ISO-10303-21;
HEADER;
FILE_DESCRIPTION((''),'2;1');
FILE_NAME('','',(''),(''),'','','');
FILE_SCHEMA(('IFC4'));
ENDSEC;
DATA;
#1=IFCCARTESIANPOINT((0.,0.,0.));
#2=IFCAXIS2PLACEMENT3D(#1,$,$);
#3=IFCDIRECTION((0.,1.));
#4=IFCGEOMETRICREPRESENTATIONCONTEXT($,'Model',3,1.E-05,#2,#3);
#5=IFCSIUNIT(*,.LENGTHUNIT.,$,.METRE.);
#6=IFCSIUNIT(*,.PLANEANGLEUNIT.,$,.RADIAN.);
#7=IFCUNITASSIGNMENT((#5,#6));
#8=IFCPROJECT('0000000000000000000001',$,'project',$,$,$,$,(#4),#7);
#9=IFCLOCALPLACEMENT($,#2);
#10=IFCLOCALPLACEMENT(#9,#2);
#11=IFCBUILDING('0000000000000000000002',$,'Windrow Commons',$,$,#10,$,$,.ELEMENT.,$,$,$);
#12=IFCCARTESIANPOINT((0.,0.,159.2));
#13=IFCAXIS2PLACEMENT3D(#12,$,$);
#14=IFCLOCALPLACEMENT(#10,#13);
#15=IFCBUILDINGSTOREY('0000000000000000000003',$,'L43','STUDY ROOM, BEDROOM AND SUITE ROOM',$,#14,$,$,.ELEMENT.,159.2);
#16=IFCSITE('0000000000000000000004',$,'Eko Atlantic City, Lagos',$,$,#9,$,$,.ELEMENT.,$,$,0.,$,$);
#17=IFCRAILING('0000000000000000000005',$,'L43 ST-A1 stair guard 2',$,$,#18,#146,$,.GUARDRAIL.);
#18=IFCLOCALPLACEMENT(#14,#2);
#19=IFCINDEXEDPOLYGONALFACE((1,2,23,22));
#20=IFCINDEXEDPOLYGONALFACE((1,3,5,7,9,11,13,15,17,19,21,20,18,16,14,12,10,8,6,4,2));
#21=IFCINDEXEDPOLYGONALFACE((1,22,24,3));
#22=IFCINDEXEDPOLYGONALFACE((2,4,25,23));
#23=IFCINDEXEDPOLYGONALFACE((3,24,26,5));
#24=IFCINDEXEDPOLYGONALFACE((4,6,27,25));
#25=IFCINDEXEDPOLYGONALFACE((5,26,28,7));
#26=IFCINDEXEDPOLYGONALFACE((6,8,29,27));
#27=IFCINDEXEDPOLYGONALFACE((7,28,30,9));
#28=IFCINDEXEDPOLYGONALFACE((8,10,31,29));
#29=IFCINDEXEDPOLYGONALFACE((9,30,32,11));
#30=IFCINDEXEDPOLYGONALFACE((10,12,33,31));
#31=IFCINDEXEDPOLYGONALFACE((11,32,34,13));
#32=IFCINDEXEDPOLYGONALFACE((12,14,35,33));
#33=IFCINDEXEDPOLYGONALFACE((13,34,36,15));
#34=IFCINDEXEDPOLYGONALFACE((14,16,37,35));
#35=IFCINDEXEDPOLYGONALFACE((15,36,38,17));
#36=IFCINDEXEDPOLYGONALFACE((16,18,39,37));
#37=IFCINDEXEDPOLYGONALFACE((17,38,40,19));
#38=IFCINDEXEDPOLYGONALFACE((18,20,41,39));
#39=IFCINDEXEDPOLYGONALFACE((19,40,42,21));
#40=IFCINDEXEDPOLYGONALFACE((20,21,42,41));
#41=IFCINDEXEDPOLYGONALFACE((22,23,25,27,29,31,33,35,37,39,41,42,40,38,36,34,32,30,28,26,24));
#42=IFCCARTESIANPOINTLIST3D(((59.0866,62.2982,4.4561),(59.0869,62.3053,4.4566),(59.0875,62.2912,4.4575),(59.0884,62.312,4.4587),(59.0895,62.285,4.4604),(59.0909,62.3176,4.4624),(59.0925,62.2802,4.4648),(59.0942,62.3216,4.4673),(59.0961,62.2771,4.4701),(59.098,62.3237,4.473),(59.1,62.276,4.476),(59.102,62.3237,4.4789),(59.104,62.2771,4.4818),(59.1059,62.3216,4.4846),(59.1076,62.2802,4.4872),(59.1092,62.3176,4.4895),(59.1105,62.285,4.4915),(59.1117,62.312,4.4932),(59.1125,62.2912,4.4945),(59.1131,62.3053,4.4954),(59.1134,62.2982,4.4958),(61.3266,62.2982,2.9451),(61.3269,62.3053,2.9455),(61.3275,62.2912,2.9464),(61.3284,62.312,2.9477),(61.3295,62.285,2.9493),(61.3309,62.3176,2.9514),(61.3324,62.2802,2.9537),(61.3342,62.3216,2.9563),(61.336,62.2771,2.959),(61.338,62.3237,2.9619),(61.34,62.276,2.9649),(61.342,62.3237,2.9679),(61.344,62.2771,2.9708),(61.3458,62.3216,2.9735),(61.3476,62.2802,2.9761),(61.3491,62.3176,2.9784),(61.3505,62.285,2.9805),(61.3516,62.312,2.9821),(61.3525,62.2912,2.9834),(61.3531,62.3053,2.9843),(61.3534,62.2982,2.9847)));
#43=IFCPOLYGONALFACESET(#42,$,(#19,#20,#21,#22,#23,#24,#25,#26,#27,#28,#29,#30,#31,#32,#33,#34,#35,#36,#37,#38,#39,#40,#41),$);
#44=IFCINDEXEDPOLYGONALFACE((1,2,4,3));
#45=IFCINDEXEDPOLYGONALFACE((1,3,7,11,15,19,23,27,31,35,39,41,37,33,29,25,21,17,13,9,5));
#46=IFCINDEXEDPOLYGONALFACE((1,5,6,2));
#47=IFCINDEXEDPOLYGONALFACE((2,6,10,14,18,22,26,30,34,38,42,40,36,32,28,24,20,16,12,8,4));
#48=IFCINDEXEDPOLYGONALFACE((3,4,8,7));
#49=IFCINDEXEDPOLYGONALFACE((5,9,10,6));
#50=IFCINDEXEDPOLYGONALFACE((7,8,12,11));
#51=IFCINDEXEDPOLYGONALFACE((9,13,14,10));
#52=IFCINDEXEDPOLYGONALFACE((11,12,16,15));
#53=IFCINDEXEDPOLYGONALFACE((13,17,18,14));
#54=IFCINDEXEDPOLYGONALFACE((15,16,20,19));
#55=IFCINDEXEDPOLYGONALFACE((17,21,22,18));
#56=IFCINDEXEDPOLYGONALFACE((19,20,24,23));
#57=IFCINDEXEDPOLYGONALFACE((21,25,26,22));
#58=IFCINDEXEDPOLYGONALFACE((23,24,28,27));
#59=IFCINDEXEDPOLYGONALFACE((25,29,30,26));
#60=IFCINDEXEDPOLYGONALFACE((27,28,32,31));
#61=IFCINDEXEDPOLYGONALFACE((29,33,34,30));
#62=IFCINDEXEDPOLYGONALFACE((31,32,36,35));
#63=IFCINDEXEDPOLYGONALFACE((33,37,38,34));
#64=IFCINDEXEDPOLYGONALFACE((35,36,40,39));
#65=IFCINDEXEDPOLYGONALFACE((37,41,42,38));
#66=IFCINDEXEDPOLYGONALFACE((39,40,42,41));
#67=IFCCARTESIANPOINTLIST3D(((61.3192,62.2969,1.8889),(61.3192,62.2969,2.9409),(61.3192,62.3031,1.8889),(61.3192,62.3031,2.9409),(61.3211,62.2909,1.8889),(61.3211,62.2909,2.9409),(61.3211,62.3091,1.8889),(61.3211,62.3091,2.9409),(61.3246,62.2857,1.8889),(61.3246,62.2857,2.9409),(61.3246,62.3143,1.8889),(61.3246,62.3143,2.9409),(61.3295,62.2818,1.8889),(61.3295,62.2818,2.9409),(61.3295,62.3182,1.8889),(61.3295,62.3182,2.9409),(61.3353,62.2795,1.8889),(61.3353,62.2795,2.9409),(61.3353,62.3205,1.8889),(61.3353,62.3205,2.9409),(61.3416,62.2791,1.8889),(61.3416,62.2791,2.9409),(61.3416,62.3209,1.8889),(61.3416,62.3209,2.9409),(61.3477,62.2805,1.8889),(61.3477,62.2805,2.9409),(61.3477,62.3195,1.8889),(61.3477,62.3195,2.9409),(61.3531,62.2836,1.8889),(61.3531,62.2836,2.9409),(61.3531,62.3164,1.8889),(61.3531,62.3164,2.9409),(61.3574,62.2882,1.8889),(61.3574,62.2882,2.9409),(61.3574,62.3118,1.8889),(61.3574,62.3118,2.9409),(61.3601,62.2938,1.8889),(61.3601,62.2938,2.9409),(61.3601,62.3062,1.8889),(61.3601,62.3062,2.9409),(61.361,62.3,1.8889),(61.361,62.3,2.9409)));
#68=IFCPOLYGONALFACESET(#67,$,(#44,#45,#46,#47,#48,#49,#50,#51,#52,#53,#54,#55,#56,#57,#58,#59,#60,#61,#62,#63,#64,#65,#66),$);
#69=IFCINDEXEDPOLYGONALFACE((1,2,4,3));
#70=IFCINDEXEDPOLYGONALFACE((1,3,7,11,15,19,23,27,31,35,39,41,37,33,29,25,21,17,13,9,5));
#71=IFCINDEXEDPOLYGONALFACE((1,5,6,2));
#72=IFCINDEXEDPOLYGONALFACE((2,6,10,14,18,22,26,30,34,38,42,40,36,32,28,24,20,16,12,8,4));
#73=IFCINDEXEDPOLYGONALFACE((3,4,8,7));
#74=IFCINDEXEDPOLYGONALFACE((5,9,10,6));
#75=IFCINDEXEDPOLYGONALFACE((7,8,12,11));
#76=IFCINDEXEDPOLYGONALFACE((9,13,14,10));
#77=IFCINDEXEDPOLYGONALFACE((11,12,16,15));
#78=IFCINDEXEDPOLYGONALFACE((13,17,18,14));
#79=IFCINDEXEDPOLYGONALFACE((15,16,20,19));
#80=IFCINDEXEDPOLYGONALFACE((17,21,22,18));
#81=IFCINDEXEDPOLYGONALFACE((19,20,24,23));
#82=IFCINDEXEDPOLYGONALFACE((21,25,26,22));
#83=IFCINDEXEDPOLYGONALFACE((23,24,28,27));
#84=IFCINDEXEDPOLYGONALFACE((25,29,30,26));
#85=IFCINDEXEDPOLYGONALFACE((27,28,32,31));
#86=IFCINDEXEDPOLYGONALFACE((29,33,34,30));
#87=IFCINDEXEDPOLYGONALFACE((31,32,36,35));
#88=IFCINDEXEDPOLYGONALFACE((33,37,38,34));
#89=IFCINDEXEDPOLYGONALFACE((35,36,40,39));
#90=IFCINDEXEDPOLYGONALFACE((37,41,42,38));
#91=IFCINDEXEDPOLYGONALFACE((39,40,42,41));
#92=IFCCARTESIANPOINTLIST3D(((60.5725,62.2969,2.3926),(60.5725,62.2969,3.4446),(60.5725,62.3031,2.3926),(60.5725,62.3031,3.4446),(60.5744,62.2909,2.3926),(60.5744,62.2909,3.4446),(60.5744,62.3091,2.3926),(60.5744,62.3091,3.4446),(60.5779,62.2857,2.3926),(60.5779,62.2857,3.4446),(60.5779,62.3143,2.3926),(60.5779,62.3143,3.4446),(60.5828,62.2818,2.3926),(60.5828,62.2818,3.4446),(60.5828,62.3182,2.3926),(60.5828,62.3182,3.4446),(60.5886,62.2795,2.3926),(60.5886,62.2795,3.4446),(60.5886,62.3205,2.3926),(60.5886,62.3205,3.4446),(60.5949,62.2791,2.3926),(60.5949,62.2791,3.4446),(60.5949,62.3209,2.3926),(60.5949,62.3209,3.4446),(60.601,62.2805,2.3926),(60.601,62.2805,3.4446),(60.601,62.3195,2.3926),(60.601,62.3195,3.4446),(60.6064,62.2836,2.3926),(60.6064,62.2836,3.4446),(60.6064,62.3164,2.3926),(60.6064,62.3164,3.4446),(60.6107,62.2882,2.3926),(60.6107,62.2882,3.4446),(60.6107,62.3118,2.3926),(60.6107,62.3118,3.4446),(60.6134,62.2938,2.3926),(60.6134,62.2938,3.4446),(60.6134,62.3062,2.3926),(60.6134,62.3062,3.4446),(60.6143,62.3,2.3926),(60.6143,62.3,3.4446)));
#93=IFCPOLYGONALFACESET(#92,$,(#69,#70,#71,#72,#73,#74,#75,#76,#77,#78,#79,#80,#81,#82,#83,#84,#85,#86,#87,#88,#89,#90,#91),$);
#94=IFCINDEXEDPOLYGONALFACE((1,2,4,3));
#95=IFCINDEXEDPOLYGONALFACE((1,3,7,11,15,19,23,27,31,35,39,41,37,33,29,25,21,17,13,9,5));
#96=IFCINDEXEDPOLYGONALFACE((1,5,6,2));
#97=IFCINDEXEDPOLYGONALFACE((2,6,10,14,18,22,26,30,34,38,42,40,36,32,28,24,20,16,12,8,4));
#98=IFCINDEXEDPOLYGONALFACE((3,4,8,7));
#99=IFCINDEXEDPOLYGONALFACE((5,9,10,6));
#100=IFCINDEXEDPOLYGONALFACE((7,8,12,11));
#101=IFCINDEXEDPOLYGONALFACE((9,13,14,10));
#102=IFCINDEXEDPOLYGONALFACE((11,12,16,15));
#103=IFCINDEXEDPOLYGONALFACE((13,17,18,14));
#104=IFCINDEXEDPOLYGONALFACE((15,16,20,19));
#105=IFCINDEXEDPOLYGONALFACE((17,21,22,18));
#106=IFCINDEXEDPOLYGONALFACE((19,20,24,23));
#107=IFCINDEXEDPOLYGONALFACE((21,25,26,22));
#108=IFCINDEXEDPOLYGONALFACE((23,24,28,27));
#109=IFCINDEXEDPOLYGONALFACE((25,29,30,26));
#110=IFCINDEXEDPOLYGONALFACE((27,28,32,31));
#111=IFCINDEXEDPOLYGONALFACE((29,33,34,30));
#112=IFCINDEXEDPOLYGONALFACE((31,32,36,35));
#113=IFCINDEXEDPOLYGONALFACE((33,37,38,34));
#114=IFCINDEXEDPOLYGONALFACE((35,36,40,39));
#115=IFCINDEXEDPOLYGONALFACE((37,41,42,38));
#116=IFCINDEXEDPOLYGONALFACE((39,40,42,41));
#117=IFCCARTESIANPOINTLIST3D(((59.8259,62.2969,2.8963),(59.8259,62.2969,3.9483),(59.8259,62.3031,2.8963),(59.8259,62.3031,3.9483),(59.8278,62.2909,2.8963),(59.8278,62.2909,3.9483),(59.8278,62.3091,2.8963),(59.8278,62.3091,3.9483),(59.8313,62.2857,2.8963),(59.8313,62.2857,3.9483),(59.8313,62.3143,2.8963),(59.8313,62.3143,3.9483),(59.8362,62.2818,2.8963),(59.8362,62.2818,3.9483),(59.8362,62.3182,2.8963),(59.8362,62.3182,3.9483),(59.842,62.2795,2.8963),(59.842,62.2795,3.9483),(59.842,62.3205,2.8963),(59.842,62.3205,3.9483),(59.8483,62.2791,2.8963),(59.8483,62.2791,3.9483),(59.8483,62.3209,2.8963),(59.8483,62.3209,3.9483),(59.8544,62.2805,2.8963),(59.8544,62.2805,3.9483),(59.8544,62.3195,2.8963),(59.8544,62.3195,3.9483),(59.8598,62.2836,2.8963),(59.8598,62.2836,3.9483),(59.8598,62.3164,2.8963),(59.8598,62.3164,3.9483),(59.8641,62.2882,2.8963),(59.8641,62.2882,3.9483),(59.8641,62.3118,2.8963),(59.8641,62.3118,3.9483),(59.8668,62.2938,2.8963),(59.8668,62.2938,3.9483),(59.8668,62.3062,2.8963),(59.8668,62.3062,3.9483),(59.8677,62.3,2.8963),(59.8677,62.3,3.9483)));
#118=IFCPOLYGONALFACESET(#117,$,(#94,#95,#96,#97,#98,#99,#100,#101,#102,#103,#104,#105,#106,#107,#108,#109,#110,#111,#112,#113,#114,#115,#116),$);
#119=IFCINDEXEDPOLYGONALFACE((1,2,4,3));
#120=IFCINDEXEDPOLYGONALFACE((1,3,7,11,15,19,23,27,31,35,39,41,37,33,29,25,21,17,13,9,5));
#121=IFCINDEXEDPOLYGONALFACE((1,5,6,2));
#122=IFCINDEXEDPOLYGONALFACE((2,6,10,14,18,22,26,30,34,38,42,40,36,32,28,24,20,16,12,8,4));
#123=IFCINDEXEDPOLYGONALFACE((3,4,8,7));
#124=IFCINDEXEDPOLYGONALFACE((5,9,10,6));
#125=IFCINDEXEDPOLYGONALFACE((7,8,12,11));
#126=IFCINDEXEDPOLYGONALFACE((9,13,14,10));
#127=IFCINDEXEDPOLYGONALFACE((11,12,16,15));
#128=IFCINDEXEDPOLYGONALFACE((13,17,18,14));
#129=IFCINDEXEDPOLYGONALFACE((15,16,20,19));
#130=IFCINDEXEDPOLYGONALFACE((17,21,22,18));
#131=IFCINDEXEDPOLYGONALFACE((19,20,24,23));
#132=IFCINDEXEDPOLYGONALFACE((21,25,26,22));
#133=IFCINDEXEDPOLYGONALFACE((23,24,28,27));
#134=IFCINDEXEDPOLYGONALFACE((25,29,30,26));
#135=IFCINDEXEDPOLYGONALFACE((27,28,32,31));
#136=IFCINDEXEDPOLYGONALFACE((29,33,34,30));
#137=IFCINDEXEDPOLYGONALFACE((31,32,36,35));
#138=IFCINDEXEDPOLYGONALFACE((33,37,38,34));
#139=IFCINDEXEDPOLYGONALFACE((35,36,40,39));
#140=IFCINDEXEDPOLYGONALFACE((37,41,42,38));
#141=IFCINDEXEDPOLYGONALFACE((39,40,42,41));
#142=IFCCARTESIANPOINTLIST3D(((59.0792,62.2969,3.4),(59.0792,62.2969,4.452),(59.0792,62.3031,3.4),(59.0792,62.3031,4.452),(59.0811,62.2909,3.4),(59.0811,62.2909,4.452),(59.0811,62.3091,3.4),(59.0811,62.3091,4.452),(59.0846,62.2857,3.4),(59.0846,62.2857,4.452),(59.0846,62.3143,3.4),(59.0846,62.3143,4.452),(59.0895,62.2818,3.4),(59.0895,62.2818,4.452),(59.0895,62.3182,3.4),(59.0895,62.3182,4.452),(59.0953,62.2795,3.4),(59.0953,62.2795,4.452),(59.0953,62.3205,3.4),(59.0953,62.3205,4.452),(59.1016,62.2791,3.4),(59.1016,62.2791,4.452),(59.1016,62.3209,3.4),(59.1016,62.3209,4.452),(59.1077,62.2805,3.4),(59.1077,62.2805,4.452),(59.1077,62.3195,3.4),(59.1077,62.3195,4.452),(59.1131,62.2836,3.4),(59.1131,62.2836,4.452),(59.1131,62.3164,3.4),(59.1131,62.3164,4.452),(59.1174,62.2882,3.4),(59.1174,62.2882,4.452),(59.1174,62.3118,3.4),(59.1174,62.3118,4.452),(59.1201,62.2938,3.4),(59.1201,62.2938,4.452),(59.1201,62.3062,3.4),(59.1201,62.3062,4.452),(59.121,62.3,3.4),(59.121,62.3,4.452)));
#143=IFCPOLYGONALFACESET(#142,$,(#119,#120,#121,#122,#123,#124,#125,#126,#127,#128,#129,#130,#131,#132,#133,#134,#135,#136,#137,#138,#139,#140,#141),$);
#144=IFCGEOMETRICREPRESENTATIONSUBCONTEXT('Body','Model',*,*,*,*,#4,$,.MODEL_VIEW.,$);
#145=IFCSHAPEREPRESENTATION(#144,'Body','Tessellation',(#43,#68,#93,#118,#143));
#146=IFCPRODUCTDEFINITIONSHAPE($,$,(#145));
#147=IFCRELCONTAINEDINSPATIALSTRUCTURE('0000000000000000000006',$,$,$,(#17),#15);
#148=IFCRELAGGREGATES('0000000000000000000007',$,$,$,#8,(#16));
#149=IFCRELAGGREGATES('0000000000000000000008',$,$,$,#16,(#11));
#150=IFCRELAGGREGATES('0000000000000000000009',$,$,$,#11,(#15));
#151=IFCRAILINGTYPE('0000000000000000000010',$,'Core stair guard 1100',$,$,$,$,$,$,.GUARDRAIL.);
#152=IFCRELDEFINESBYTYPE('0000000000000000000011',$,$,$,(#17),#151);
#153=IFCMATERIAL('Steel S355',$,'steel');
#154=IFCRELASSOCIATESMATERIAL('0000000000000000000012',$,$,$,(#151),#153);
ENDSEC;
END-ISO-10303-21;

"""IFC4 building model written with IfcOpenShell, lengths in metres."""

from ifc_helpers import new_model, si_unit, direction, frame, origin, origin_2d, place, context, subcontext, project, spatial, circle, extrude, material, type_object, element, save


model = new_model("IFC4")

# Units and contexts
model_context = context("Model", 3, precision=1e-05, world=origin(), true_north=direction((0.0, 1.0)))
body_context = subcontext(model_context, "Body", "Model", "MODEL_VIEW")
ifc_project = project(units=[si_unit("LENGTHUNIT", "METRE"), si_unit("PLANEANGLEUNIT", "RADIAN")], contexts=[model_context])

# Site, building, storey
site_placement = place(None, origin())
site = spatial("IfcSite", under=ifc_project, at=site_placement, Name="Eko Atlantic City, Lagos", CompositionType="ELEMENT", RefElevation=0.0)
building_placement = place(site_placement, origin())
building = spatial("IfcBuilding", under=site, at=building_placement, Name="Windrow Commons", CompositionType="ELEMENT")
storey_placement = place(building_placement, frame((0.0, 0.0, 159.2)))
storey = spatial("IfcBuildingStorey", under=building, at=storey_placement, Name="L43", Description="STUDY ROOM, BEDROOM AND SUITE ROOM", CompositionType="ELEMENT", Elevation=159.2)

# Railing
ifc_material_1 = material(Name="Steel S355", Category="steel")
railing_type_1 = type_object("IfcRailingType", Name="Core stair guard 1100", PredefinedType="GUARDRAIL", material=ifc_material_1)
railing_1_placement = place(storey_placement, frame((61.34, 62.3, 1.8889)))
element("IfcRailing", 1, at=railing_1_placement, inside=storey, type_object=railing_type_1, Name="L43 ST-A1 stair guard 2", PredefinedType="GUARDRAIL", context=body_context, shape_type="SweptSolid", body=[
    extrude(circle(Radius=0.024, at=origin_2d()), frame((0.0, 0.0, 1.076), z_axis=(-0.829003, 0.0, 0.559244), x_axis=(0.0, -1.0, 0.0)), (0.0, 0.0, 1.0), 2.702),
    extrude(circle(Radius=0.021, at=origin_2d()), origin(), (0.0, 0.0, 1.0), 1.052),
    extrude(circle(Radius=0.021, at=origin_2d()), frame((-0.7467, 0.0, 0.5037)), (0.0, 0.0, 1.0), 1.052),
    extrude(circle(Radius=0.021, at=origin_2d()), frame((-1.4933, 0.0, 1.0074)), (0.0, 0.0, 1.0), 1.052),
    extrude(circle(Radius=0.021, at=origin_2d()), frame((-2.24, 0.0, 1.5111)), (0.0, 0.0, 1.0), 1.052),
])

save(model, "model.ifc")
